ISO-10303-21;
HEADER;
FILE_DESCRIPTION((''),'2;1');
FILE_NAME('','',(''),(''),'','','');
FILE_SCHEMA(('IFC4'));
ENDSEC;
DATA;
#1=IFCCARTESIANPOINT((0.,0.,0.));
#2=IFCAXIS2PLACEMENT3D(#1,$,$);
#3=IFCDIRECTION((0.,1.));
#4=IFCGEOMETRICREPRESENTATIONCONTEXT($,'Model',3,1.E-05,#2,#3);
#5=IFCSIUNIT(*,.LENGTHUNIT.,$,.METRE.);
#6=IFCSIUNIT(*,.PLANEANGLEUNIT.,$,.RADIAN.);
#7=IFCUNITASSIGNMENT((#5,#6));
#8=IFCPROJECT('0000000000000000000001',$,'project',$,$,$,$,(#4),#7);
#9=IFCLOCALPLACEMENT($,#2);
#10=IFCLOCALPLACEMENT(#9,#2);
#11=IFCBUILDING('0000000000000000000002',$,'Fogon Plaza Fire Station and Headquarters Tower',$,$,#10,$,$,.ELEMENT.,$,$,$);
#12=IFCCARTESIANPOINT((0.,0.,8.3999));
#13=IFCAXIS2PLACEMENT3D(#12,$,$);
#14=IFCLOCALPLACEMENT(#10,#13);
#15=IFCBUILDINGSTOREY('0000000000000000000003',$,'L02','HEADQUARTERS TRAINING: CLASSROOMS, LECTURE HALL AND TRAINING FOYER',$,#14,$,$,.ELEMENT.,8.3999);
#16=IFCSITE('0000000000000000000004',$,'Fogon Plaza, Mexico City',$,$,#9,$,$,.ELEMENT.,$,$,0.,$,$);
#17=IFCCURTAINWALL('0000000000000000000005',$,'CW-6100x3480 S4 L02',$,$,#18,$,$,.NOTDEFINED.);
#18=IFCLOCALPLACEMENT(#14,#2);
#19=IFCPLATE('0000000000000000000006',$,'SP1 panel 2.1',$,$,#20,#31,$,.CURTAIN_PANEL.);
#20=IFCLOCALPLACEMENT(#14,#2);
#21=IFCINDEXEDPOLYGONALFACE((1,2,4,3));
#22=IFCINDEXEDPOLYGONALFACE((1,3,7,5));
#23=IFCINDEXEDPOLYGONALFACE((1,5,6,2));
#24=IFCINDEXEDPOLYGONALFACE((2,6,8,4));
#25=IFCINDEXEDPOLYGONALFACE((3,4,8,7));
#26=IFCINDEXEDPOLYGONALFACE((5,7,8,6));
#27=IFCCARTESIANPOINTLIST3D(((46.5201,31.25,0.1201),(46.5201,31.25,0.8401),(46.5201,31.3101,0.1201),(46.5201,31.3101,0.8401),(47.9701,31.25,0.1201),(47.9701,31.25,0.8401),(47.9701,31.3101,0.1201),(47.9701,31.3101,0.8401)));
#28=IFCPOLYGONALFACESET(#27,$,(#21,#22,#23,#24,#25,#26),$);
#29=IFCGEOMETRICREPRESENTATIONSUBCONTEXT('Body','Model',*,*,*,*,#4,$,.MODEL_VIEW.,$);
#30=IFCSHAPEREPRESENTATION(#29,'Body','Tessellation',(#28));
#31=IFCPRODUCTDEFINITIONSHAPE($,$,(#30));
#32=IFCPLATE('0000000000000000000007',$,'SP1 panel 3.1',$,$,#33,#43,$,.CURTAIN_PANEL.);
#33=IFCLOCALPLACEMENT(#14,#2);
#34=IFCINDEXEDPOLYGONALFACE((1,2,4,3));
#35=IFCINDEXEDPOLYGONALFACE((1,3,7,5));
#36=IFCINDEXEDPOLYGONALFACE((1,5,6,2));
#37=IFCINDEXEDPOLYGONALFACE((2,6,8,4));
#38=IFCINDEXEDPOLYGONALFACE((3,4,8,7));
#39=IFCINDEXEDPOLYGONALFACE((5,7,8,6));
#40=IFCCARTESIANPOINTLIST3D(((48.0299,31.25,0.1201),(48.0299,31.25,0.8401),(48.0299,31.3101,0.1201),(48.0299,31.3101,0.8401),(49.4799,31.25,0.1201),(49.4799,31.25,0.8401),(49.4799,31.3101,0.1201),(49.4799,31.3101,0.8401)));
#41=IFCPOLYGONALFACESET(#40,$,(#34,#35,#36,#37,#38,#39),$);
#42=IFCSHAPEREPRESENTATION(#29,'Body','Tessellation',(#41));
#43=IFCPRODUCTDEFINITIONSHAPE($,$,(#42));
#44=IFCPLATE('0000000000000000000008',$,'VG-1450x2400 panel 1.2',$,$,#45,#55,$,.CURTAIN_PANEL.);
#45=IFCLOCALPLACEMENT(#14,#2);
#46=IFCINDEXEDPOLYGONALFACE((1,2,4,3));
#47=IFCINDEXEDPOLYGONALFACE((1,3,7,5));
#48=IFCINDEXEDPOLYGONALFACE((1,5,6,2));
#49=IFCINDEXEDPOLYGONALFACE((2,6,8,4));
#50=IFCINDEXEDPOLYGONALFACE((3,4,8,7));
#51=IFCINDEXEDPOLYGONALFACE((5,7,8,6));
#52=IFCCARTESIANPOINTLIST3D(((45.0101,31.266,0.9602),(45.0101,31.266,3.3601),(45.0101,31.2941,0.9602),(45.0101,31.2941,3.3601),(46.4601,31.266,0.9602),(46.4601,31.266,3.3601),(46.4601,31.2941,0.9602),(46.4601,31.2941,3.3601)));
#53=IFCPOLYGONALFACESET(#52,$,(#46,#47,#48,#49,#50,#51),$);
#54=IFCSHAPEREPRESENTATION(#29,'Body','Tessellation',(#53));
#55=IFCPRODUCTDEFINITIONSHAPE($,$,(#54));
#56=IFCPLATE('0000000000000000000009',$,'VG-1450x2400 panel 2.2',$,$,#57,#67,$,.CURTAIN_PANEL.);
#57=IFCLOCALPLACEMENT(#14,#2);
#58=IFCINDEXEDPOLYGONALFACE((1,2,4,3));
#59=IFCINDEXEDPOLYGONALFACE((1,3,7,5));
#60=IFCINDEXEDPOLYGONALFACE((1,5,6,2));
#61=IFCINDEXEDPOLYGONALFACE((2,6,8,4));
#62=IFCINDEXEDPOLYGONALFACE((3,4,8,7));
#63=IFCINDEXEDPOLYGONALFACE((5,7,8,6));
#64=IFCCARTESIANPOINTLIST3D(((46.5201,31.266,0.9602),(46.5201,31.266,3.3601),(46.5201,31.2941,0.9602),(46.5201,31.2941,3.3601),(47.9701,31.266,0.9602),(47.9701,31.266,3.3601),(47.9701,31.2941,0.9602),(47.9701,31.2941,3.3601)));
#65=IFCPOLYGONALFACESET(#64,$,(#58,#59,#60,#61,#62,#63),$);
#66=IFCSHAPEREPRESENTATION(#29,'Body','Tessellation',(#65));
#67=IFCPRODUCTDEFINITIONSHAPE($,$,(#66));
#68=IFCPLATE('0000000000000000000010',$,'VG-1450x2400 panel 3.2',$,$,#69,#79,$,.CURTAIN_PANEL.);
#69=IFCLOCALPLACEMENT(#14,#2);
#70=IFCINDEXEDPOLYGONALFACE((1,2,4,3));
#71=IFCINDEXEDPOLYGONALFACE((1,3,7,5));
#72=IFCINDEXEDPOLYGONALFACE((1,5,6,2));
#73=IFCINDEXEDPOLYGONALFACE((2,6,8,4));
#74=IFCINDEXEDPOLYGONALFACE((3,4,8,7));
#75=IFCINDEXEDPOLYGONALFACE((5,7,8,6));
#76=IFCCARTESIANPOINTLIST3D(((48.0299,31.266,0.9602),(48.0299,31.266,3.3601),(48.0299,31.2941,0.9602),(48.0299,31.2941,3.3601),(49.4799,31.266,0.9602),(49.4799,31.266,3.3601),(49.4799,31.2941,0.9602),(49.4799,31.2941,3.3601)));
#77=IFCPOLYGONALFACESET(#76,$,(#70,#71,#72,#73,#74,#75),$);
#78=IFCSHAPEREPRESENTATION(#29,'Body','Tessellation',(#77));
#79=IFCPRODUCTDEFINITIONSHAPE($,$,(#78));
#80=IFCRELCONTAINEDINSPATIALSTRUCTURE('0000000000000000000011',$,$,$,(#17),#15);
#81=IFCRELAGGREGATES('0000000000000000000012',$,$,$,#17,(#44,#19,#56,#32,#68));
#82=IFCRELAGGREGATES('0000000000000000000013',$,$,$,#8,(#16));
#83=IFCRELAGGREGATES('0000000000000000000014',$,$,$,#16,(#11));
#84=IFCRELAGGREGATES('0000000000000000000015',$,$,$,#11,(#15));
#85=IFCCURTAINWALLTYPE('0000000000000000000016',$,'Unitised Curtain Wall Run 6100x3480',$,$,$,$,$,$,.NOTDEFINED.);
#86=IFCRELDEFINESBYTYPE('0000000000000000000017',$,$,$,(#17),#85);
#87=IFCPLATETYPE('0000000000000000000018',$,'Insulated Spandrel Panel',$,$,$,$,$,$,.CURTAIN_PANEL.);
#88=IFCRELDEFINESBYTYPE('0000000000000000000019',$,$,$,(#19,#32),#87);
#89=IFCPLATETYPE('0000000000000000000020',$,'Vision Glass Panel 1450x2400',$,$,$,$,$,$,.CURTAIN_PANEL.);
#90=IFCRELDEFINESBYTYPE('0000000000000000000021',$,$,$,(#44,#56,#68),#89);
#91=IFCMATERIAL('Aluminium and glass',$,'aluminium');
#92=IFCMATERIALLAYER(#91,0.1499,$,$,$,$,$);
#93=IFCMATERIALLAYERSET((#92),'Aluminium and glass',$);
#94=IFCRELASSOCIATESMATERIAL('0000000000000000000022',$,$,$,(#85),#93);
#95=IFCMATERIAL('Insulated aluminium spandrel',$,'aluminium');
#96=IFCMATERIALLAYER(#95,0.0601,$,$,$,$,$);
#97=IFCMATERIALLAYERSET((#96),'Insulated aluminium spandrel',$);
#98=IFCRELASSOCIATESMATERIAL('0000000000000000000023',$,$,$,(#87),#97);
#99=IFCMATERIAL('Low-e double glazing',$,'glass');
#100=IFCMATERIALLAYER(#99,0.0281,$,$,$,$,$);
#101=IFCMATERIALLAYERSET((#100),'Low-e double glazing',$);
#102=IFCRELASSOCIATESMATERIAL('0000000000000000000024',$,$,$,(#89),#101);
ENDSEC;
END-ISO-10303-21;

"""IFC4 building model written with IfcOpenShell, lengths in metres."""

from ifc_helpers import new_model, si_unit, direction, frame, origin, origin_2d, place, context, subcontext, project, spatial, rectangle, extrude, material, layer, layer_set, type_object, element, aggregate, save


model = new_model("IFC4")

# Units and contexts
model_context = context("Model", 3, precision=1e-05, world=origin(), true_north=direction((0.0, 1.0)))
body_context = subcontext(model_context, "Body", "Model", "MODEL_VIEW")
ifc_project = project(units=[si_unit("LENGTHUNIT", "METRE"), si_unit("PLANEANGLEUNIT", "RADIAN")], contexts=[model_context])

# Site, building, storey
site_placement = place(None, origin())
site = spatial("IfcSite", under=ifc_project, at=site_placement, Name="Fogon Plaza, Mexico City", CompositionType="ELEMENT", RefElevation=0.0)
building_placement = place(site_placement, origin())
building = spatial("IfcBuilding", under=site, at=building_placement, Name="Fogon Plaza Fire Station and Headquarters Tower", CompositionType="ELEMENT")
storey_placement = place(building_placement, frame((0.0, 0.0, 8.3999)))
storey = spatial("IfcBuildingStorey", under=building, at=storey_placement, Name="L02", Description="HEADQUARTERS TRAINING: CLASSROOMS, LECTURE HALL AND TRAINING FOYER", CompositionType="ELEMENT", Elevation=8.3999)

# Curtain wall, plates
ifc_material_1 = material(Name="Aluminium and glass", Category="aluminium")
ifc_layer_1 = layer(ifc_material_1, 0.1499)
ifc_layer_set_1 = layer_set([ifc_layer_1], Name="Aluminium and glass")
curtain_wall_type = type_object("IfcCurtainWallType", Name="Unitised Curtain Wall Run 6100x3480", PredefinedType="NOTDEFINED", material=ifc_layer_set_1)
curtain_wall_placement = place(storey_placement, origin())
curtain_wall = element("IfcCurtainWall", 1, at=curtain_wall_placement, inside=storey, type_object=curtain_wall_type, Name="CW-6100x3480 S4 L02", PredefinedType="NOTDEFINED")
ifc_material_2 = material(Name="Insulated aluminium spandrel", Category="aluminium")
ifc_layer_2 = layer(ifc_material_2, 0.0601)
ifc_layer_set_2 = layer_set([ifc_layer_2], Name="Insulated aluminium spandrel")
plate_type_1 = type_object("IfcPlateType", Name="Insulated Spandrel Panel", PredefinedType="CURTAIN_PANEL", material=ifc_layer_set_2)
plate_1_placement = place(storey_placement, frame((47.2451, 31.28, 0.1201), z_axis=(0.0, 0.0, 1.0), x_axis=(1.0, 0.0, 0.0)))
plate_1 = element("IfcPlate", 2, at=plate_1_placement, type_object=plate_type_1, Name="SP1 panel 2.1", PredefinedType="CURTAIN_PANEL", context=body_context, shape_type="SweptSolid", body=[
    extrude(rectangle(XDim=1.45, YDim=0.0601, at=origin_2d()), origin(), (0.0, 0.0, 1.0), 0.72),
])
plate_2_placement = place(storey_placement, frame((48.7549, 31.28, 0.1201), z_axis=(0.0, 0.0, 1.0), x_axis=(1.0, 0.0, 0.0)))
plate_2 = element("IfcPlate", 3, at=plate_2_placement, type_object=plate_type_1, Name="SP1 panel 3.1", PredefinedType="CURTAIN_PANEL", context=body_context, shape_type="SweptSolid", body=[
    extrude(rectangle(XDim=1.45, YDim=0.0601, at=origin_2d()), origin(), (0.0, 0.0, 1.0), 0.72),
])
ifc_material_3 = material(Name="Low-e double glazing", Category="glass")
ifc_layer_3 = layer(ifc_material_3, 0.0281)
ifc_layer_set_3 = layer_set([ifc_layer_3], Name="Low-e double glazing")
plate_type_2 = type_object("IfcPlateType", Name="Vision Glass Panel 1450x2400", PredefinedType="CURTAIN_PANEL", material=ifc_layer_set_3)
plate_3_placement = place(storey_placement, frame((45.7351, 31.28, 0.9602), z_axis=(0.0, 0.0, 1.0), x_axis=(1.0, 0.0, 0.0)))
plate_3 = element("IfcPlate", 4, at=plate_3_placement, type_object=plate_type_2, Name="VG-1450x2400 panel 1.2", PredefinedType="CURTAIN_PANEL", context=body_context, shape_type="SweptSolid", body=[
    extrude(rectangle(XDim=1.45, YDim=0.0281, at=origin_2d()), origin(), (0.0, 0.0, 1.0), 2.3999),
])
plate_4_placement = place(storey_placement, frame((47.2451, 31.28, 0.9602), z_axis=(0.0, 0.0, 1.0), x_axis=(1.0, 0.0, 0.0)))
plate_4 = element("IfcPlate", 5, at=plate_4_placement, type_object=plate_type_2, Name="VG-1450x2400 panel 2.2", PredefinedType="CURTAIN_PANEL", context=body_context, shape_type="SweptSolid", body=[
    extrude(rectangle(XDim=1.45, YDim=0.0281, at=origin_2d()), origin(), (0.0, 0.0, 1.0), 2.3999),
])
plate_5_placement = place(storey_placement, frame((48.7549, 31.28, 0.9602), z_axis=(0.0, 0.0, 1.0), x_axis=(1.0, 0.0, 0.0)))
plate_5 = element("IfcPlate", 6, at=plate_5_placement, type_object=plate_type_2, Name="VG-1450x2400 panel 3.2", PredefinedType="CURTAIN_PANEL", context=body_context, shape_type="SweptSolid", body=[
    extrude(rectangle(XDim=1.45, YDim=0.0281, at=origin_2d()), origin(), (0.0, 0.0, 1.0), 2.3999),
])
aggregate(curtain_wall, [plate_3, plate_1, plate_4, plate_2, plate_5])

save(model, "model.ifc")
